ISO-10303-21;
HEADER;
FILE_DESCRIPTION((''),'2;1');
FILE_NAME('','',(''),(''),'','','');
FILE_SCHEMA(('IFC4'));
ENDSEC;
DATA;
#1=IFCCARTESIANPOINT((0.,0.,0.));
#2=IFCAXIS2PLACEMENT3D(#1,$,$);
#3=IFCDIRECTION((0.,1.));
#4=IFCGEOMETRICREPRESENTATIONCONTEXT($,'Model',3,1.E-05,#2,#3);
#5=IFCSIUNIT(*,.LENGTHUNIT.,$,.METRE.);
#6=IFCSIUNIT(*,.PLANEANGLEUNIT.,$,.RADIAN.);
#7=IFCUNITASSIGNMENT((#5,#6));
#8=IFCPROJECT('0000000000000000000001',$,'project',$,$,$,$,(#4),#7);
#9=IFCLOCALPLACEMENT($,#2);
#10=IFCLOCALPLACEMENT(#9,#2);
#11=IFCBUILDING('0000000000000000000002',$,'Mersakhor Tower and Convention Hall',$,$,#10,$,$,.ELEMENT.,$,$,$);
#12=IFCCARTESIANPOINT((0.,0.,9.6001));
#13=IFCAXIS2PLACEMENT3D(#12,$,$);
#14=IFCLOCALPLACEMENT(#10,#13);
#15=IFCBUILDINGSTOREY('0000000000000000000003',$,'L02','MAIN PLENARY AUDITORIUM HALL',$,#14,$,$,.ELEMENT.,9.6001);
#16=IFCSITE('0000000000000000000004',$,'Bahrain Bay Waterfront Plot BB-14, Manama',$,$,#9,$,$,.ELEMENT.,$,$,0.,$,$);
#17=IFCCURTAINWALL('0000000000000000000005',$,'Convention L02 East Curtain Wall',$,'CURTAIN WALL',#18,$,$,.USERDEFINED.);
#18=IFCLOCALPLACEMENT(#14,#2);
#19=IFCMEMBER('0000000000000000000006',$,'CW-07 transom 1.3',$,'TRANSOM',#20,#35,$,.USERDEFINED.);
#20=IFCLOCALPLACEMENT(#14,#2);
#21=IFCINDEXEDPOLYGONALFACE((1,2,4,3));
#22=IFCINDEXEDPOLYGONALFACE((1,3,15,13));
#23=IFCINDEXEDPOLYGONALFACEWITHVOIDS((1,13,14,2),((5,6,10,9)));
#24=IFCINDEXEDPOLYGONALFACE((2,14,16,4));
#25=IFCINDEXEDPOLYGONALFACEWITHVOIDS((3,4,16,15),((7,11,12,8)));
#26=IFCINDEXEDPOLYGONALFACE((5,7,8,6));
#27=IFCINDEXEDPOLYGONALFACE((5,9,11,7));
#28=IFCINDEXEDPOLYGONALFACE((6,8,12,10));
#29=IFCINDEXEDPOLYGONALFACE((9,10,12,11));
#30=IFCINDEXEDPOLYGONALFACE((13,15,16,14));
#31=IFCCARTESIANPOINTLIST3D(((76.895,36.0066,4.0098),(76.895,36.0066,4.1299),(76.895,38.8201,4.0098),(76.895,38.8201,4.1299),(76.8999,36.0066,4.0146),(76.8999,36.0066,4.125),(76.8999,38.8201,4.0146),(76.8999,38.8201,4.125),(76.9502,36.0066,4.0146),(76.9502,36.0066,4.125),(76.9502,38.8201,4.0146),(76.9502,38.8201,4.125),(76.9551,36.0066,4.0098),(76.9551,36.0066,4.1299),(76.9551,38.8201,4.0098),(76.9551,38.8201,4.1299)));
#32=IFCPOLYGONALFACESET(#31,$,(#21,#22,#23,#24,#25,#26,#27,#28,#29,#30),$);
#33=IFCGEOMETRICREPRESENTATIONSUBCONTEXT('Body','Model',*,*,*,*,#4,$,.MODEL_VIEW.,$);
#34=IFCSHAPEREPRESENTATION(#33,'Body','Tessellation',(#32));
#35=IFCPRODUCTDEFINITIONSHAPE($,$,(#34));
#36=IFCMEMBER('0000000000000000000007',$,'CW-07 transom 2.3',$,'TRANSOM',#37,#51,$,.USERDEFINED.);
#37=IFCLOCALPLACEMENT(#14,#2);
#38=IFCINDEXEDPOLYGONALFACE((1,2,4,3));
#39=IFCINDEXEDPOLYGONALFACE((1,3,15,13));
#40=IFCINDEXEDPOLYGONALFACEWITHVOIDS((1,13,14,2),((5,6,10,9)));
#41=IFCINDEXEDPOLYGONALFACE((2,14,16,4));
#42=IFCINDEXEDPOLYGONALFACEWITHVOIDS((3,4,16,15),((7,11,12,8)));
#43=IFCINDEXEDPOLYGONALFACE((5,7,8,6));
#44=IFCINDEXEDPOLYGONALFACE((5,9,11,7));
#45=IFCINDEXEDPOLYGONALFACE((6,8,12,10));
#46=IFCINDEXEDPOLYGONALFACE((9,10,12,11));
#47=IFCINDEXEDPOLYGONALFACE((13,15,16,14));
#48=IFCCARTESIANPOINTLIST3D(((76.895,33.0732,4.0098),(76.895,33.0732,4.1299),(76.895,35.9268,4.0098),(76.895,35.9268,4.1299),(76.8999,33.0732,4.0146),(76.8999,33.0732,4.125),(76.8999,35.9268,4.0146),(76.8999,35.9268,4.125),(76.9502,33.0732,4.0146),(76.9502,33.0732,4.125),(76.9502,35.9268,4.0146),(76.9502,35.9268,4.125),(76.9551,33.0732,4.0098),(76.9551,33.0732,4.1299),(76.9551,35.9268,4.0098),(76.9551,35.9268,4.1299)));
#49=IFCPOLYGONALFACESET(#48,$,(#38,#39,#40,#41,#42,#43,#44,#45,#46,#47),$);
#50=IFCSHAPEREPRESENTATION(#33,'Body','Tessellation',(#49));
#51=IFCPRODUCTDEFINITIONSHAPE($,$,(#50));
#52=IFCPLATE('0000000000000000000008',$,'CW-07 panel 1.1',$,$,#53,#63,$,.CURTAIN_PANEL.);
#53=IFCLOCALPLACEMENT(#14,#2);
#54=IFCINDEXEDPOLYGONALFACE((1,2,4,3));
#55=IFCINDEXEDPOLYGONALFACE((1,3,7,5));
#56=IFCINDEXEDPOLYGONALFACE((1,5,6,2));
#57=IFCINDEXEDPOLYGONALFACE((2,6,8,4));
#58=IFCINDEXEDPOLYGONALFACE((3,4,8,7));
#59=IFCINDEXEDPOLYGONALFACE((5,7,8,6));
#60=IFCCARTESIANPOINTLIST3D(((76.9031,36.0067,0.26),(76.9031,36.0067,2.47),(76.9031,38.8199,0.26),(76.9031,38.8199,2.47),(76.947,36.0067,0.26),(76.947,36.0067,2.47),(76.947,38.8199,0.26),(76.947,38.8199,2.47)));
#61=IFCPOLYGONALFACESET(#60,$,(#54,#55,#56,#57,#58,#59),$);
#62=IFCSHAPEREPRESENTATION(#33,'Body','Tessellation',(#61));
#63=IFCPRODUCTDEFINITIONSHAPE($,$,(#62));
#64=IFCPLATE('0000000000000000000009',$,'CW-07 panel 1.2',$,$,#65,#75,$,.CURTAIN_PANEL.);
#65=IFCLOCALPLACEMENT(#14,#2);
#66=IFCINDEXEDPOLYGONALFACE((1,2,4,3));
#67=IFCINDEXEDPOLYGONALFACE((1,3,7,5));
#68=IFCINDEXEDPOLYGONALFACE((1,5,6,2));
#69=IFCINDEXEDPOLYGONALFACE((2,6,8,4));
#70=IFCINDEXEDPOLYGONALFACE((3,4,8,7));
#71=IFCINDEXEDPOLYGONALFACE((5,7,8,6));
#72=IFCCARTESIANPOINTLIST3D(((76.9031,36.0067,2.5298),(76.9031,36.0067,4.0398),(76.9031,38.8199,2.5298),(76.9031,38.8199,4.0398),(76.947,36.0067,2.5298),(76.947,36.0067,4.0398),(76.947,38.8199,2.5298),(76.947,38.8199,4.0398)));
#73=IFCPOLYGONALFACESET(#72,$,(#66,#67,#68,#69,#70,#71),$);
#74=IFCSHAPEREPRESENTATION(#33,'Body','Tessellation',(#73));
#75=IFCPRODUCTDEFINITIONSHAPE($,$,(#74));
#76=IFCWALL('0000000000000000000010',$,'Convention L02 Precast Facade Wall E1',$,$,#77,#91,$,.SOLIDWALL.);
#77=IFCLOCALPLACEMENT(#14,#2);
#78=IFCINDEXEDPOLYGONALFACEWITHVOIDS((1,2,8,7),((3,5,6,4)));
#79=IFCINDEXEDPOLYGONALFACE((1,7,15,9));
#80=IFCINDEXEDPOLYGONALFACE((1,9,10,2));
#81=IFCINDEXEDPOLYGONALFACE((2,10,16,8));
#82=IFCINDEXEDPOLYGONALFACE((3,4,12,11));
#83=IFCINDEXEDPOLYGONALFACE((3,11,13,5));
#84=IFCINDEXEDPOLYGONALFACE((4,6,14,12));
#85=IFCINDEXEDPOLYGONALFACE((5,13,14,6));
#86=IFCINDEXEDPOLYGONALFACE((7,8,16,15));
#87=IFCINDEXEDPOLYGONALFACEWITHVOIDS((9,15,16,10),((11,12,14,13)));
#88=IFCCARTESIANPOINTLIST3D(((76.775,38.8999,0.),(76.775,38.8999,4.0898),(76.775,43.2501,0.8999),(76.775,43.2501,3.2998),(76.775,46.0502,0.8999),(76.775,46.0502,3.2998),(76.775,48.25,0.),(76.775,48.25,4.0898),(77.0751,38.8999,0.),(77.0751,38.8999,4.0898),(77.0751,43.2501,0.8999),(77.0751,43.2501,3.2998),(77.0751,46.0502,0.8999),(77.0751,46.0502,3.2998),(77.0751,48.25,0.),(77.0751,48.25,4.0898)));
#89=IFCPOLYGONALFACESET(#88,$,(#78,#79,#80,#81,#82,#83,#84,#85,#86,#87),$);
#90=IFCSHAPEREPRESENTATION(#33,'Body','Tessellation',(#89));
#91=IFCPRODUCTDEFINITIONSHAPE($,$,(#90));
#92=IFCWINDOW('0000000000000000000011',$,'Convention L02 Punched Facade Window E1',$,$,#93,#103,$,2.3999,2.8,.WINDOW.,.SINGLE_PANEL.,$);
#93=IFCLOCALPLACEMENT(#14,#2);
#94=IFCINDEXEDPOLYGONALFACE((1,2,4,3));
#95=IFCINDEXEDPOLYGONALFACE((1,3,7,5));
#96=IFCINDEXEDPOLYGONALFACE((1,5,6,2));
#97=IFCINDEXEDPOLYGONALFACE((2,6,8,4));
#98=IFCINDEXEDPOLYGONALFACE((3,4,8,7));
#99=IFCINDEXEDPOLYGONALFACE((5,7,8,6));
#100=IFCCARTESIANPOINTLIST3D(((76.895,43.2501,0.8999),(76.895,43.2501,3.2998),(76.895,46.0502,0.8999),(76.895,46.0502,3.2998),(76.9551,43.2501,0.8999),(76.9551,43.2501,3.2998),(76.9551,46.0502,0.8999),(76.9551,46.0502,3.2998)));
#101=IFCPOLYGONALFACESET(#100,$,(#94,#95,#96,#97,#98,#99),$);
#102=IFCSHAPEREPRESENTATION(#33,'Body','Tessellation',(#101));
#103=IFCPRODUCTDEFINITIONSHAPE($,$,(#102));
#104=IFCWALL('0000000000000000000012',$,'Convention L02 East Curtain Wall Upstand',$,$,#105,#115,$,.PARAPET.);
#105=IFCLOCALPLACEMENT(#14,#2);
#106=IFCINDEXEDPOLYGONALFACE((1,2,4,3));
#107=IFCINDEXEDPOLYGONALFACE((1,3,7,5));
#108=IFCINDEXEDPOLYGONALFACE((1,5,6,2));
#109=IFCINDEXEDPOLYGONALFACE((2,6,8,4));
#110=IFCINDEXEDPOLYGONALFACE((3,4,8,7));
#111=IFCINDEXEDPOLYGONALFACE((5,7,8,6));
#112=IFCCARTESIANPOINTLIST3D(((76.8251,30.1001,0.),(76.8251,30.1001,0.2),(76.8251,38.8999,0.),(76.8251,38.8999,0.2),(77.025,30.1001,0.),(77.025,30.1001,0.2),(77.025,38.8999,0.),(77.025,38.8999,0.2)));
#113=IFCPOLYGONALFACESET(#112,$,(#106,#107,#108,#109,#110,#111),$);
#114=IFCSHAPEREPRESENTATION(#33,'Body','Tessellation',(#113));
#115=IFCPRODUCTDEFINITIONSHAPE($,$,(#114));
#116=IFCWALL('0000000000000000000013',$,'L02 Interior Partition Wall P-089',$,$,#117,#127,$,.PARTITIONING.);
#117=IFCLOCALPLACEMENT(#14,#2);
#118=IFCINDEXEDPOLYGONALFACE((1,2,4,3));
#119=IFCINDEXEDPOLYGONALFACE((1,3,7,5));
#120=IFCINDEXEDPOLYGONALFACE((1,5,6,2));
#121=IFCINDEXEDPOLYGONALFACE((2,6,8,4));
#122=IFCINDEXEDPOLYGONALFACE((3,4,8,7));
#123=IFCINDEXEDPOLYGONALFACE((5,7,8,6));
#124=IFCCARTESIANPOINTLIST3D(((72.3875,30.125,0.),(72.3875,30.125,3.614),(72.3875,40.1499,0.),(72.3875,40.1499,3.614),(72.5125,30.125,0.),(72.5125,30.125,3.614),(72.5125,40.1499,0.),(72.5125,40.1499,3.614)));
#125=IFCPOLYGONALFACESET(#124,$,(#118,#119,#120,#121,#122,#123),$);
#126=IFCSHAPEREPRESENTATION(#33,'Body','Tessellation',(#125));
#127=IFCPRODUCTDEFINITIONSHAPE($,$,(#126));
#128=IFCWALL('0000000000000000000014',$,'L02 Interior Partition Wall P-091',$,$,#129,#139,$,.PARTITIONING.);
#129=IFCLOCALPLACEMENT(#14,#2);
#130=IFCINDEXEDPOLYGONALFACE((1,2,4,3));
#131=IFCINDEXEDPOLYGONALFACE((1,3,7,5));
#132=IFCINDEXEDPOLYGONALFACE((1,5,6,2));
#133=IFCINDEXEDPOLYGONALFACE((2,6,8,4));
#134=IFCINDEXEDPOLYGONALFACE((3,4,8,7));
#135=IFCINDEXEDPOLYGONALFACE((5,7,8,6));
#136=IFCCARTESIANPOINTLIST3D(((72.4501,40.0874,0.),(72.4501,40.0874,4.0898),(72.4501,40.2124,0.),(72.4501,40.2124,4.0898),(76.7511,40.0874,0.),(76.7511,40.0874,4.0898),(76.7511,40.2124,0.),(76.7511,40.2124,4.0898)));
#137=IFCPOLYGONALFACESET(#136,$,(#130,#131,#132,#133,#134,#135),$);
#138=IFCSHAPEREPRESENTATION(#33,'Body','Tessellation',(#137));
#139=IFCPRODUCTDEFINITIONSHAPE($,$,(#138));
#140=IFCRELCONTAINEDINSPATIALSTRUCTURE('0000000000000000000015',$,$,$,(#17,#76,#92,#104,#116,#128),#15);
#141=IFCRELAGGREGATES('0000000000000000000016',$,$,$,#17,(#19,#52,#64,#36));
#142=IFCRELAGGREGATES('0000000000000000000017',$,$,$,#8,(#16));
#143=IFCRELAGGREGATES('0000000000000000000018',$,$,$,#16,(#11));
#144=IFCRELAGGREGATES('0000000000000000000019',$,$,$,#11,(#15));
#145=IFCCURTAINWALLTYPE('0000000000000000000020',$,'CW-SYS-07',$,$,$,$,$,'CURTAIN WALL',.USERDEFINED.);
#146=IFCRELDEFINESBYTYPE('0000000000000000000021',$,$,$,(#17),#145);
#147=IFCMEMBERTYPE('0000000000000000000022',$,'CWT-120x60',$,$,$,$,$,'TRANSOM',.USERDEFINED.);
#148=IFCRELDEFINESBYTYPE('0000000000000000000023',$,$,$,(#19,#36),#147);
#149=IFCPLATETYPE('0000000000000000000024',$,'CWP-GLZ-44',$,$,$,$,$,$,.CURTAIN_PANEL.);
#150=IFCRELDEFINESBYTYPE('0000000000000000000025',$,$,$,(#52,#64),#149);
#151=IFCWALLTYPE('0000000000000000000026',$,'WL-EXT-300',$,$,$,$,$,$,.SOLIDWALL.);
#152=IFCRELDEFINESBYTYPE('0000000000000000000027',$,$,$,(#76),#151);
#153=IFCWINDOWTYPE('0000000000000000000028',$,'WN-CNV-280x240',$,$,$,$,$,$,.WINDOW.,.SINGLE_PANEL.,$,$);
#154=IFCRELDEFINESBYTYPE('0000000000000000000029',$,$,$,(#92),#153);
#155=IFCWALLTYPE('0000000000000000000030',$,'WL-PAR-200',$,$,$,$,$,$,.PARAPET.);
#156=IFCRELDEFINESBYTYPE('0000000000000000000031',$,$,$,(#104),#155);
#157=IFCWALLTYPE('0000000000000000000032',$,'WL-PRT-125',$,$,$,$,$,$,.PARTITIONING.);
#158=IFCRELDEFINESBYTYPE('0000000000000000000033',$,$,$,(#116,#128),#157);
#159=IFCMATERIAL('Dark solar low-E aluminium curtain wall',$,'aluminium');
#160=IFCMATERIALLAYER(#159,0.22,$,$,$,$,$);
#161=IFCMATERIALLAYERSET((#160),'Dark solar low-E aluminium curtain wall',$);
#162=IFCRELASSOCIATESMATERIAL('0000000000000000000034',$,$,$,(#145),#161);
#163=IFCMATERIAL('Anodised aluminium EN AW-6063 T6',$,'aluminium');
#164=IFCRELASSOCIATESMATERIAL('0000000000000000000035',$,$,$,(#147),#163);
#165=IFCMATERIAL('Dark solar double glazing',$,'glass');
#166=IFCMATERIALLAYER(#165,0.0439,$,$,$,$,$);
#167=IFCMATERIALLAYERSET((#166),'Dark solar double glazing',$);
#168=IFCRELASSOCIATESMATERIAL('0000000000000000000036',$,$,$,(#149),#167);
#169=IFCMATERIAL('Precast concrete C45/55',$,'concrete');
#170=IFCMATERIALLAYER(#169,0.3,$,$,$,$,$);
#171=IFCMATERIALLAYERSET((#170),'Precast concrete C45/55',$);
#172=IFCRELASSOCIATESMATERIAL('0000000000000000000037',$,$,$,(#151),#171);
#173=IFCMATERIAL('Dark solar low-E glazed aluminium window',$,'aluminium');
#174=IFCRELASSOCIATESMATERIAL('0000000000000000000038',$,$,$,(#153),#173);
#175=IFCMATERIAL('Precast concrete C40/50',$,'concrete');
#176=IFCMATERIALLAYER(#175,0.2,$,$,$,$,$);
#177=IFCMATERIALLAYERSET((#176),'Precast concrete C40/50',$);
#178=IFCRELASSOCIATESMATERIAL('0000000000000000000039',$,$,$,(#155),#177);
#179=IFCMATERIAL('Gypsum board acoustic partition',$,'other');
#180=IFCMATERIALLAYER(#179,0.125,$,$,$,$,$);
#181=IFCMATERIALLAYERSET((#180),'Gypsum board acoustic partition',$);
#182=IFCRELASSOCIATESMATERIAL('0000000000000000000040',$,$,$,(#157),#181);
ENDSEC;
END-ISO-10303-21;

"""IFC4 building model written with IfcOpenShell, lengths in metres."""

from ifc_helpers import new_model, si_unit, direction, frame, frame_2d, origin, origin_2d, place, context, subcontext, project, spatial, rectangle, hollow_rectangle, extrude, material, layer, layer_set, material_profile, profile_set, type_object, element, fill, aggregate, save


model = new_model("IFC4")

# Units and contexts
model_context = context("Model", 3, precision=1e-05, world=origin(), true_north=direction((0.0, 1.0)))
body_context = subcontext(model_context, "Body", "Model", "MODEL_VIEW")
ifc_project = project(units=[si_unit("LENGTHUNIT", "METRE"), si_unit("PLANEANGLEUNIT", "RADIAN")], contexts=[model_context])

# Site, building, storey
site_placement = place(None, origin())
site = spatial("IfcSite", under=ifc_project, at=site_placement, Name="Bahrain Bay Waterfront Plot BB-14, Manama", CompositionType="ELEMENT", RefElevation=0.0)
building_placement = place(site_placement, origin())
building = spatial("IfcBuilding", under=site, at=building_placement, Name="Mersakhor Tower and Convention Hall", CompositionType="ELEMENT")
storey_placement = place(building_placement, frame((0.0, 0.0, 9.6001)))
storey = spatial("IfcBuildingStorey", under=building, at=storey_placement, Name="L02", Description="MAIN PLENARY AUDITORIUM HALL", CompositionType="ELEMENT", Elevation=9.6001)

# Curtain wall, members, plates
ifc_material_1 = material(Name="Dark solar low-E aluminium curtain wall", Category="aluminium")
ifc_layer_1 = layer(ifc_material_1, 0.22)
ifc_layer_set_1 = layer_set([ifc_layer_1], Name="Dark solar low-E aluminium curtain wall")
curtain_wall_type = type_object("IfcCurtainWallType", Name="CW-SYS-07", ElementType="CURTAIN WALL", PredefinedType="USERDEFINED", material=ifc_layer_set_1)
curtain_wall_placement = place(storey_placement, origin())
curtain_wall = element("IfcCurtainWall", 1, at=curtain_wall_placement, inside=storey, type_object=curtain_wall_type, Name="Convention L02 East Curtain Wall", ObjectType="CURTAIN WALL", PredefinedType="USERDEFINED")
ifc_material_2 = material(Name="Anodised aluminium EN AW-6063 T6", Category="aluminium")
ifc_material_profile_1 = material_profile(ifc_material_2, hollow_rectangle(XDim=0.0601, YDim=0.1201, WallThickness=0.0049, at=origin_2d()), Name="RHS 120x60x5")
ifc_profile_set_1 = profile_set([ifc_material_profile_1], Name="Anodised aluminium EN AW-6063 T6")
member_type_1 = type_object("IfcMemberType", Name="CWT-120x60", ElementType="TRANSOM", PredefinedType="USERDEFINED", material=ifc_profile_set_1)
member_1_placement = place(storey_placement, frame((76.925, 38.8201, 4.0698), z_axis=(0.0, -1.0, 0.0), x_axis=(1.0, 0.0, 0.0)))
member_1 = element("IfcMember", 2, at=member_1_placement, type_object=member_type_1, Name="CW-07 transom 1.3", ObjectType="TRANSOM", PredefinedType="USERDEFINED", context=body_context, shape_type="SweptSolid", body=[
    extrude(hollow_rectangle(XDim=0.0601, YDim=0.1201, WallThickness=0.0049, at=origin_2d()), origin(), (0.0, 0.0, 1.0), 2.8135),
])
member_2_placement = place(storey_placement, frame((76.925, 35.9268, 4.0698), z_axis=(0.0, -1.0, 0.0), x_axis=(1.0, 0.0, 0.0)))
member_2 = element("IfcMember", 3, at=member_2_placement, type_object=member_type_1, Name="CW-07 transom 2.3", ObjectType="TRANSOM", PredefinedType="USERDEFINED", context=body_context, shape_type="SweptSolid", body=[
    extrude(hollow_rectangle(XDim=0.0601, YDim=0.1201, WallThickness=0.0049, at=origin_2d()), origin(), (0.0, 0.0, 1.0), 2.8535),
])
ifc_material_3 = material(Name="Dark solar double glazing", Category="glass")
ifc_layer_2 = layer(ifc_material_3, 0.0439)
ifc_layer_set_2 = layer_set([ifc_layer_2], Name="Dark solar double glazing")
plate_type = type_object("IfcPlateType", Name="CWP-GLZ-44", PredefinedType="CURTAIN_PANEL", material=ifc_layer_set_2)
plate_1_placement = place(storey_placement, frame((76.925, 37.4133, 0.26), z_axis=(0.0, 0.0, 1.0), x_axis=(0.0, -1.0, 0.0)))
plate_1 = element("IfcPlate", 4, at=plate_1_placement, type_object=plate_type, Name="CW-07 panel 1.1", PredefinedType="CURTAIN_PANEL", context=body_context, shape_type="SweptSolid", body=[
    extrude(rectangle(XDim=2.8132, YDim=0.0439, at=origin_2d()), origin(), (0.0, 0.0, 1.0), 2.21),
])
plate_2_placement = place(storey_placement, frame((76.925, 37.4133, 2.5298), z_axis=(0.0, 0.0, 1.0), x_axis=(0.0, -1.0, 0.0)))
plate_2 = element("IfcPlate", 5, at=plate_2_placement, type_object=plate_type, Name="CW-07 panel 1.2", PredefinedType="CURTAIN_PANEL", context=body_context, shape_type="SweptSolid", body=[
    extrude(rectangle(XDim=2.8132, YDim=0.0439, at=origin_2d()), origin(), (0.0, 0.0, 1.0), 1.51),
])
aggregate(curtain_wall, [member_1, plate_1, plate_2, member_2])

# Wall, opening, window
ifc_material_4 = material(Name="Precast concrete C45/55", Category="concrete")
ifc_layer_3 = layer(ifc_material_4, 0.3)
ifc_layer_set_3 = layer_set([ifc_layer_3], Name="Precast concrete C45/55")
wall_type_1 = type_object("IfcWallType", Name="WL-EXT-300", PredefinedType="SOLIDWALL", material=ifc_layer_set_3)
wall_1_placement = place(storey_placement, frame((76.925, 48.25, 0.0), z_axis=(0.0, 0.0, 1.0), x_axis=(0.0, -1.0, 0.0)))
wall_1 = element("IfcWall", 6, at=wall_1_placement, inside=storey, type_object=wall_type_1, Name="Convention L02 Precast Facade Wall E1", PredefinedType="SOLIDWALL", context=body_context, shape_type="SweptSolid", body=[
    extrude(rectangle(XDim=9.3501, YDim=0.3, at=frame_2d((4.675, 0.0))), origin(), (0.0, 0.0, 1.0), 4.0898),
])
opening_placement = place(wall_1_placement, frame((2.2, 0.0, 0.8999)))
opening = element("IfcOpeningElement", 7, at=opening_placement, cuts=wall_1, PredefinedType="OPENING", context=body_context, shape_type="SweptSolid", body=[
    extrude(rectangle(XDim=2.8, YDim=2.3999, at=frame_2d((1.3999, 1.2))), frame((0.0, 0.1599, 0.0), z_axis=(0.0, -1.0, 0.0), x_axis=(1.0, 0.0, 0.0)), (0.0, 0.0, 1.0), 0.3201),
])
ifc_material_5 = material(Name="Dark solar low-E glazed aluminium window", Category="aluminium")
window_type = type_object("IfcWindowType", Name="WN-CNV-280x240", PartitioningType="SINGLE_PANEL", PredefinedType="WINDOW", material=ifc_material_5)
window_placement = place(opening_placement, origin())
window = element("IfcWindow", 8, at=window_placement, inside=storey, type_object=window_type, Name="Convention L02 Punched Facade Window E1", OverallHeight=2.3999, OverallWidth=2.8, PartitioningType="SINGLE_PANEL", PredefinedType="WINDOW", context=body_context, shape_type="SweptSolid", body=[
    extrude(rectangle(XDim=2.8, YDim=2.3999, at=frame_2d((1.3999, 1.2))), frame((0.0, 0.03, 0.0), z_axis=(0.0, -1.0, 0.0), x_axis=(1.0, 0.0, 0.0)), (0.0, 0.0, 1.0), 0.0601),
])
fill(opening, window)

# Walls
ifc_material_6 = material(Name="Precast concrete C40/50", Category="concrete")
ifc_layer_4 = layer(ifc_material_6, 0.2)
ifc_layer_set_4 = layer_set([ifc_layer_4], Name="Precast concrete C40/50")
wall_type_2 = type_object("IfcWallType", Name="WL-PAR-200", PredefinedType="PARAPET", material=ifc_layer_set_4)
wall_2_placement = place(storey_placement, frame((76.925, 38.8999, 0.0), z_axis=(0.0, 0.0, 1.0), x_axis=(0.0, -1.0, 0.0)))
element("IfcWall", 9, at=wall_2_placement, inside=storey, type_object=wall_type_2, Name="Convention L02 East Curtain Wall Upstand", PredefinedType="PARAPET", context=body_context, shape_type="SweptSolid", body=[
    extrude(rectangle(XDim=8.7998, YDim=0.2, at=frame_2d((4.3999, 0.0))), origin(), (0.0, 0.0, 1.0), 0.2),
])
ifc_material_7 = material(Name="Gypsum board acoustic partition", Category="other")
ifc_layer_5 = layer(ifc_material_7, 0.125)
ifc_layer_set_5 = layer_set([ifc_layer_5], Name="Gypsum board acoustic partition")
wall_type_3 = type_object("IfcWallType", Name="WL-PRT-125", PredefinedType="PARTITIONING", material=ifc_layer_set_5)
wall_3_placement = place(storey_placement, frame((72.45, 40.1499, 0.0), z_axis=(0.0, 0.0, 1.0), x_axis=(0.0, -1.0, 0.0)))
element("IfcWall", 10, at=wall_3_placement, inside=storey, type_object=wall_type_3, Name="L02 Interior Partition Wall P-089", PredefinedType="PARTITIONING", context=body_context, shape_type="SweptSolid", body=[
    extrude(rectangle(XDim=10.0249, YDim=0.125, at=frame_2d((5.0125, 0.0))), origin(), (0.0, 0.0, 1.0), 3.614),
])
wall_4_placement = place(storey_placement, frame((76.751, 40.1499, 0.0), z_axis=(0.0, 0.0, 1.0), x_axis=(-1.0, 0.0, 0.0)))
element("IfcWall", 11, at=wall_4_placement, inside=storey, type_object=wall_type_3, Name="L02 Interior Partition Wall P-091", PredefinedType="PARTITIONING", context=body_context, shape_type="SweptSolid", body=[
    extrude(rectangle(XDim=4.301, YDim=0.125, at=frame_2d((2.1504, 0.0))), origin(), (0.0, 0.0, 1.0), 4.0898),
])

save(model, "model.ifc")
